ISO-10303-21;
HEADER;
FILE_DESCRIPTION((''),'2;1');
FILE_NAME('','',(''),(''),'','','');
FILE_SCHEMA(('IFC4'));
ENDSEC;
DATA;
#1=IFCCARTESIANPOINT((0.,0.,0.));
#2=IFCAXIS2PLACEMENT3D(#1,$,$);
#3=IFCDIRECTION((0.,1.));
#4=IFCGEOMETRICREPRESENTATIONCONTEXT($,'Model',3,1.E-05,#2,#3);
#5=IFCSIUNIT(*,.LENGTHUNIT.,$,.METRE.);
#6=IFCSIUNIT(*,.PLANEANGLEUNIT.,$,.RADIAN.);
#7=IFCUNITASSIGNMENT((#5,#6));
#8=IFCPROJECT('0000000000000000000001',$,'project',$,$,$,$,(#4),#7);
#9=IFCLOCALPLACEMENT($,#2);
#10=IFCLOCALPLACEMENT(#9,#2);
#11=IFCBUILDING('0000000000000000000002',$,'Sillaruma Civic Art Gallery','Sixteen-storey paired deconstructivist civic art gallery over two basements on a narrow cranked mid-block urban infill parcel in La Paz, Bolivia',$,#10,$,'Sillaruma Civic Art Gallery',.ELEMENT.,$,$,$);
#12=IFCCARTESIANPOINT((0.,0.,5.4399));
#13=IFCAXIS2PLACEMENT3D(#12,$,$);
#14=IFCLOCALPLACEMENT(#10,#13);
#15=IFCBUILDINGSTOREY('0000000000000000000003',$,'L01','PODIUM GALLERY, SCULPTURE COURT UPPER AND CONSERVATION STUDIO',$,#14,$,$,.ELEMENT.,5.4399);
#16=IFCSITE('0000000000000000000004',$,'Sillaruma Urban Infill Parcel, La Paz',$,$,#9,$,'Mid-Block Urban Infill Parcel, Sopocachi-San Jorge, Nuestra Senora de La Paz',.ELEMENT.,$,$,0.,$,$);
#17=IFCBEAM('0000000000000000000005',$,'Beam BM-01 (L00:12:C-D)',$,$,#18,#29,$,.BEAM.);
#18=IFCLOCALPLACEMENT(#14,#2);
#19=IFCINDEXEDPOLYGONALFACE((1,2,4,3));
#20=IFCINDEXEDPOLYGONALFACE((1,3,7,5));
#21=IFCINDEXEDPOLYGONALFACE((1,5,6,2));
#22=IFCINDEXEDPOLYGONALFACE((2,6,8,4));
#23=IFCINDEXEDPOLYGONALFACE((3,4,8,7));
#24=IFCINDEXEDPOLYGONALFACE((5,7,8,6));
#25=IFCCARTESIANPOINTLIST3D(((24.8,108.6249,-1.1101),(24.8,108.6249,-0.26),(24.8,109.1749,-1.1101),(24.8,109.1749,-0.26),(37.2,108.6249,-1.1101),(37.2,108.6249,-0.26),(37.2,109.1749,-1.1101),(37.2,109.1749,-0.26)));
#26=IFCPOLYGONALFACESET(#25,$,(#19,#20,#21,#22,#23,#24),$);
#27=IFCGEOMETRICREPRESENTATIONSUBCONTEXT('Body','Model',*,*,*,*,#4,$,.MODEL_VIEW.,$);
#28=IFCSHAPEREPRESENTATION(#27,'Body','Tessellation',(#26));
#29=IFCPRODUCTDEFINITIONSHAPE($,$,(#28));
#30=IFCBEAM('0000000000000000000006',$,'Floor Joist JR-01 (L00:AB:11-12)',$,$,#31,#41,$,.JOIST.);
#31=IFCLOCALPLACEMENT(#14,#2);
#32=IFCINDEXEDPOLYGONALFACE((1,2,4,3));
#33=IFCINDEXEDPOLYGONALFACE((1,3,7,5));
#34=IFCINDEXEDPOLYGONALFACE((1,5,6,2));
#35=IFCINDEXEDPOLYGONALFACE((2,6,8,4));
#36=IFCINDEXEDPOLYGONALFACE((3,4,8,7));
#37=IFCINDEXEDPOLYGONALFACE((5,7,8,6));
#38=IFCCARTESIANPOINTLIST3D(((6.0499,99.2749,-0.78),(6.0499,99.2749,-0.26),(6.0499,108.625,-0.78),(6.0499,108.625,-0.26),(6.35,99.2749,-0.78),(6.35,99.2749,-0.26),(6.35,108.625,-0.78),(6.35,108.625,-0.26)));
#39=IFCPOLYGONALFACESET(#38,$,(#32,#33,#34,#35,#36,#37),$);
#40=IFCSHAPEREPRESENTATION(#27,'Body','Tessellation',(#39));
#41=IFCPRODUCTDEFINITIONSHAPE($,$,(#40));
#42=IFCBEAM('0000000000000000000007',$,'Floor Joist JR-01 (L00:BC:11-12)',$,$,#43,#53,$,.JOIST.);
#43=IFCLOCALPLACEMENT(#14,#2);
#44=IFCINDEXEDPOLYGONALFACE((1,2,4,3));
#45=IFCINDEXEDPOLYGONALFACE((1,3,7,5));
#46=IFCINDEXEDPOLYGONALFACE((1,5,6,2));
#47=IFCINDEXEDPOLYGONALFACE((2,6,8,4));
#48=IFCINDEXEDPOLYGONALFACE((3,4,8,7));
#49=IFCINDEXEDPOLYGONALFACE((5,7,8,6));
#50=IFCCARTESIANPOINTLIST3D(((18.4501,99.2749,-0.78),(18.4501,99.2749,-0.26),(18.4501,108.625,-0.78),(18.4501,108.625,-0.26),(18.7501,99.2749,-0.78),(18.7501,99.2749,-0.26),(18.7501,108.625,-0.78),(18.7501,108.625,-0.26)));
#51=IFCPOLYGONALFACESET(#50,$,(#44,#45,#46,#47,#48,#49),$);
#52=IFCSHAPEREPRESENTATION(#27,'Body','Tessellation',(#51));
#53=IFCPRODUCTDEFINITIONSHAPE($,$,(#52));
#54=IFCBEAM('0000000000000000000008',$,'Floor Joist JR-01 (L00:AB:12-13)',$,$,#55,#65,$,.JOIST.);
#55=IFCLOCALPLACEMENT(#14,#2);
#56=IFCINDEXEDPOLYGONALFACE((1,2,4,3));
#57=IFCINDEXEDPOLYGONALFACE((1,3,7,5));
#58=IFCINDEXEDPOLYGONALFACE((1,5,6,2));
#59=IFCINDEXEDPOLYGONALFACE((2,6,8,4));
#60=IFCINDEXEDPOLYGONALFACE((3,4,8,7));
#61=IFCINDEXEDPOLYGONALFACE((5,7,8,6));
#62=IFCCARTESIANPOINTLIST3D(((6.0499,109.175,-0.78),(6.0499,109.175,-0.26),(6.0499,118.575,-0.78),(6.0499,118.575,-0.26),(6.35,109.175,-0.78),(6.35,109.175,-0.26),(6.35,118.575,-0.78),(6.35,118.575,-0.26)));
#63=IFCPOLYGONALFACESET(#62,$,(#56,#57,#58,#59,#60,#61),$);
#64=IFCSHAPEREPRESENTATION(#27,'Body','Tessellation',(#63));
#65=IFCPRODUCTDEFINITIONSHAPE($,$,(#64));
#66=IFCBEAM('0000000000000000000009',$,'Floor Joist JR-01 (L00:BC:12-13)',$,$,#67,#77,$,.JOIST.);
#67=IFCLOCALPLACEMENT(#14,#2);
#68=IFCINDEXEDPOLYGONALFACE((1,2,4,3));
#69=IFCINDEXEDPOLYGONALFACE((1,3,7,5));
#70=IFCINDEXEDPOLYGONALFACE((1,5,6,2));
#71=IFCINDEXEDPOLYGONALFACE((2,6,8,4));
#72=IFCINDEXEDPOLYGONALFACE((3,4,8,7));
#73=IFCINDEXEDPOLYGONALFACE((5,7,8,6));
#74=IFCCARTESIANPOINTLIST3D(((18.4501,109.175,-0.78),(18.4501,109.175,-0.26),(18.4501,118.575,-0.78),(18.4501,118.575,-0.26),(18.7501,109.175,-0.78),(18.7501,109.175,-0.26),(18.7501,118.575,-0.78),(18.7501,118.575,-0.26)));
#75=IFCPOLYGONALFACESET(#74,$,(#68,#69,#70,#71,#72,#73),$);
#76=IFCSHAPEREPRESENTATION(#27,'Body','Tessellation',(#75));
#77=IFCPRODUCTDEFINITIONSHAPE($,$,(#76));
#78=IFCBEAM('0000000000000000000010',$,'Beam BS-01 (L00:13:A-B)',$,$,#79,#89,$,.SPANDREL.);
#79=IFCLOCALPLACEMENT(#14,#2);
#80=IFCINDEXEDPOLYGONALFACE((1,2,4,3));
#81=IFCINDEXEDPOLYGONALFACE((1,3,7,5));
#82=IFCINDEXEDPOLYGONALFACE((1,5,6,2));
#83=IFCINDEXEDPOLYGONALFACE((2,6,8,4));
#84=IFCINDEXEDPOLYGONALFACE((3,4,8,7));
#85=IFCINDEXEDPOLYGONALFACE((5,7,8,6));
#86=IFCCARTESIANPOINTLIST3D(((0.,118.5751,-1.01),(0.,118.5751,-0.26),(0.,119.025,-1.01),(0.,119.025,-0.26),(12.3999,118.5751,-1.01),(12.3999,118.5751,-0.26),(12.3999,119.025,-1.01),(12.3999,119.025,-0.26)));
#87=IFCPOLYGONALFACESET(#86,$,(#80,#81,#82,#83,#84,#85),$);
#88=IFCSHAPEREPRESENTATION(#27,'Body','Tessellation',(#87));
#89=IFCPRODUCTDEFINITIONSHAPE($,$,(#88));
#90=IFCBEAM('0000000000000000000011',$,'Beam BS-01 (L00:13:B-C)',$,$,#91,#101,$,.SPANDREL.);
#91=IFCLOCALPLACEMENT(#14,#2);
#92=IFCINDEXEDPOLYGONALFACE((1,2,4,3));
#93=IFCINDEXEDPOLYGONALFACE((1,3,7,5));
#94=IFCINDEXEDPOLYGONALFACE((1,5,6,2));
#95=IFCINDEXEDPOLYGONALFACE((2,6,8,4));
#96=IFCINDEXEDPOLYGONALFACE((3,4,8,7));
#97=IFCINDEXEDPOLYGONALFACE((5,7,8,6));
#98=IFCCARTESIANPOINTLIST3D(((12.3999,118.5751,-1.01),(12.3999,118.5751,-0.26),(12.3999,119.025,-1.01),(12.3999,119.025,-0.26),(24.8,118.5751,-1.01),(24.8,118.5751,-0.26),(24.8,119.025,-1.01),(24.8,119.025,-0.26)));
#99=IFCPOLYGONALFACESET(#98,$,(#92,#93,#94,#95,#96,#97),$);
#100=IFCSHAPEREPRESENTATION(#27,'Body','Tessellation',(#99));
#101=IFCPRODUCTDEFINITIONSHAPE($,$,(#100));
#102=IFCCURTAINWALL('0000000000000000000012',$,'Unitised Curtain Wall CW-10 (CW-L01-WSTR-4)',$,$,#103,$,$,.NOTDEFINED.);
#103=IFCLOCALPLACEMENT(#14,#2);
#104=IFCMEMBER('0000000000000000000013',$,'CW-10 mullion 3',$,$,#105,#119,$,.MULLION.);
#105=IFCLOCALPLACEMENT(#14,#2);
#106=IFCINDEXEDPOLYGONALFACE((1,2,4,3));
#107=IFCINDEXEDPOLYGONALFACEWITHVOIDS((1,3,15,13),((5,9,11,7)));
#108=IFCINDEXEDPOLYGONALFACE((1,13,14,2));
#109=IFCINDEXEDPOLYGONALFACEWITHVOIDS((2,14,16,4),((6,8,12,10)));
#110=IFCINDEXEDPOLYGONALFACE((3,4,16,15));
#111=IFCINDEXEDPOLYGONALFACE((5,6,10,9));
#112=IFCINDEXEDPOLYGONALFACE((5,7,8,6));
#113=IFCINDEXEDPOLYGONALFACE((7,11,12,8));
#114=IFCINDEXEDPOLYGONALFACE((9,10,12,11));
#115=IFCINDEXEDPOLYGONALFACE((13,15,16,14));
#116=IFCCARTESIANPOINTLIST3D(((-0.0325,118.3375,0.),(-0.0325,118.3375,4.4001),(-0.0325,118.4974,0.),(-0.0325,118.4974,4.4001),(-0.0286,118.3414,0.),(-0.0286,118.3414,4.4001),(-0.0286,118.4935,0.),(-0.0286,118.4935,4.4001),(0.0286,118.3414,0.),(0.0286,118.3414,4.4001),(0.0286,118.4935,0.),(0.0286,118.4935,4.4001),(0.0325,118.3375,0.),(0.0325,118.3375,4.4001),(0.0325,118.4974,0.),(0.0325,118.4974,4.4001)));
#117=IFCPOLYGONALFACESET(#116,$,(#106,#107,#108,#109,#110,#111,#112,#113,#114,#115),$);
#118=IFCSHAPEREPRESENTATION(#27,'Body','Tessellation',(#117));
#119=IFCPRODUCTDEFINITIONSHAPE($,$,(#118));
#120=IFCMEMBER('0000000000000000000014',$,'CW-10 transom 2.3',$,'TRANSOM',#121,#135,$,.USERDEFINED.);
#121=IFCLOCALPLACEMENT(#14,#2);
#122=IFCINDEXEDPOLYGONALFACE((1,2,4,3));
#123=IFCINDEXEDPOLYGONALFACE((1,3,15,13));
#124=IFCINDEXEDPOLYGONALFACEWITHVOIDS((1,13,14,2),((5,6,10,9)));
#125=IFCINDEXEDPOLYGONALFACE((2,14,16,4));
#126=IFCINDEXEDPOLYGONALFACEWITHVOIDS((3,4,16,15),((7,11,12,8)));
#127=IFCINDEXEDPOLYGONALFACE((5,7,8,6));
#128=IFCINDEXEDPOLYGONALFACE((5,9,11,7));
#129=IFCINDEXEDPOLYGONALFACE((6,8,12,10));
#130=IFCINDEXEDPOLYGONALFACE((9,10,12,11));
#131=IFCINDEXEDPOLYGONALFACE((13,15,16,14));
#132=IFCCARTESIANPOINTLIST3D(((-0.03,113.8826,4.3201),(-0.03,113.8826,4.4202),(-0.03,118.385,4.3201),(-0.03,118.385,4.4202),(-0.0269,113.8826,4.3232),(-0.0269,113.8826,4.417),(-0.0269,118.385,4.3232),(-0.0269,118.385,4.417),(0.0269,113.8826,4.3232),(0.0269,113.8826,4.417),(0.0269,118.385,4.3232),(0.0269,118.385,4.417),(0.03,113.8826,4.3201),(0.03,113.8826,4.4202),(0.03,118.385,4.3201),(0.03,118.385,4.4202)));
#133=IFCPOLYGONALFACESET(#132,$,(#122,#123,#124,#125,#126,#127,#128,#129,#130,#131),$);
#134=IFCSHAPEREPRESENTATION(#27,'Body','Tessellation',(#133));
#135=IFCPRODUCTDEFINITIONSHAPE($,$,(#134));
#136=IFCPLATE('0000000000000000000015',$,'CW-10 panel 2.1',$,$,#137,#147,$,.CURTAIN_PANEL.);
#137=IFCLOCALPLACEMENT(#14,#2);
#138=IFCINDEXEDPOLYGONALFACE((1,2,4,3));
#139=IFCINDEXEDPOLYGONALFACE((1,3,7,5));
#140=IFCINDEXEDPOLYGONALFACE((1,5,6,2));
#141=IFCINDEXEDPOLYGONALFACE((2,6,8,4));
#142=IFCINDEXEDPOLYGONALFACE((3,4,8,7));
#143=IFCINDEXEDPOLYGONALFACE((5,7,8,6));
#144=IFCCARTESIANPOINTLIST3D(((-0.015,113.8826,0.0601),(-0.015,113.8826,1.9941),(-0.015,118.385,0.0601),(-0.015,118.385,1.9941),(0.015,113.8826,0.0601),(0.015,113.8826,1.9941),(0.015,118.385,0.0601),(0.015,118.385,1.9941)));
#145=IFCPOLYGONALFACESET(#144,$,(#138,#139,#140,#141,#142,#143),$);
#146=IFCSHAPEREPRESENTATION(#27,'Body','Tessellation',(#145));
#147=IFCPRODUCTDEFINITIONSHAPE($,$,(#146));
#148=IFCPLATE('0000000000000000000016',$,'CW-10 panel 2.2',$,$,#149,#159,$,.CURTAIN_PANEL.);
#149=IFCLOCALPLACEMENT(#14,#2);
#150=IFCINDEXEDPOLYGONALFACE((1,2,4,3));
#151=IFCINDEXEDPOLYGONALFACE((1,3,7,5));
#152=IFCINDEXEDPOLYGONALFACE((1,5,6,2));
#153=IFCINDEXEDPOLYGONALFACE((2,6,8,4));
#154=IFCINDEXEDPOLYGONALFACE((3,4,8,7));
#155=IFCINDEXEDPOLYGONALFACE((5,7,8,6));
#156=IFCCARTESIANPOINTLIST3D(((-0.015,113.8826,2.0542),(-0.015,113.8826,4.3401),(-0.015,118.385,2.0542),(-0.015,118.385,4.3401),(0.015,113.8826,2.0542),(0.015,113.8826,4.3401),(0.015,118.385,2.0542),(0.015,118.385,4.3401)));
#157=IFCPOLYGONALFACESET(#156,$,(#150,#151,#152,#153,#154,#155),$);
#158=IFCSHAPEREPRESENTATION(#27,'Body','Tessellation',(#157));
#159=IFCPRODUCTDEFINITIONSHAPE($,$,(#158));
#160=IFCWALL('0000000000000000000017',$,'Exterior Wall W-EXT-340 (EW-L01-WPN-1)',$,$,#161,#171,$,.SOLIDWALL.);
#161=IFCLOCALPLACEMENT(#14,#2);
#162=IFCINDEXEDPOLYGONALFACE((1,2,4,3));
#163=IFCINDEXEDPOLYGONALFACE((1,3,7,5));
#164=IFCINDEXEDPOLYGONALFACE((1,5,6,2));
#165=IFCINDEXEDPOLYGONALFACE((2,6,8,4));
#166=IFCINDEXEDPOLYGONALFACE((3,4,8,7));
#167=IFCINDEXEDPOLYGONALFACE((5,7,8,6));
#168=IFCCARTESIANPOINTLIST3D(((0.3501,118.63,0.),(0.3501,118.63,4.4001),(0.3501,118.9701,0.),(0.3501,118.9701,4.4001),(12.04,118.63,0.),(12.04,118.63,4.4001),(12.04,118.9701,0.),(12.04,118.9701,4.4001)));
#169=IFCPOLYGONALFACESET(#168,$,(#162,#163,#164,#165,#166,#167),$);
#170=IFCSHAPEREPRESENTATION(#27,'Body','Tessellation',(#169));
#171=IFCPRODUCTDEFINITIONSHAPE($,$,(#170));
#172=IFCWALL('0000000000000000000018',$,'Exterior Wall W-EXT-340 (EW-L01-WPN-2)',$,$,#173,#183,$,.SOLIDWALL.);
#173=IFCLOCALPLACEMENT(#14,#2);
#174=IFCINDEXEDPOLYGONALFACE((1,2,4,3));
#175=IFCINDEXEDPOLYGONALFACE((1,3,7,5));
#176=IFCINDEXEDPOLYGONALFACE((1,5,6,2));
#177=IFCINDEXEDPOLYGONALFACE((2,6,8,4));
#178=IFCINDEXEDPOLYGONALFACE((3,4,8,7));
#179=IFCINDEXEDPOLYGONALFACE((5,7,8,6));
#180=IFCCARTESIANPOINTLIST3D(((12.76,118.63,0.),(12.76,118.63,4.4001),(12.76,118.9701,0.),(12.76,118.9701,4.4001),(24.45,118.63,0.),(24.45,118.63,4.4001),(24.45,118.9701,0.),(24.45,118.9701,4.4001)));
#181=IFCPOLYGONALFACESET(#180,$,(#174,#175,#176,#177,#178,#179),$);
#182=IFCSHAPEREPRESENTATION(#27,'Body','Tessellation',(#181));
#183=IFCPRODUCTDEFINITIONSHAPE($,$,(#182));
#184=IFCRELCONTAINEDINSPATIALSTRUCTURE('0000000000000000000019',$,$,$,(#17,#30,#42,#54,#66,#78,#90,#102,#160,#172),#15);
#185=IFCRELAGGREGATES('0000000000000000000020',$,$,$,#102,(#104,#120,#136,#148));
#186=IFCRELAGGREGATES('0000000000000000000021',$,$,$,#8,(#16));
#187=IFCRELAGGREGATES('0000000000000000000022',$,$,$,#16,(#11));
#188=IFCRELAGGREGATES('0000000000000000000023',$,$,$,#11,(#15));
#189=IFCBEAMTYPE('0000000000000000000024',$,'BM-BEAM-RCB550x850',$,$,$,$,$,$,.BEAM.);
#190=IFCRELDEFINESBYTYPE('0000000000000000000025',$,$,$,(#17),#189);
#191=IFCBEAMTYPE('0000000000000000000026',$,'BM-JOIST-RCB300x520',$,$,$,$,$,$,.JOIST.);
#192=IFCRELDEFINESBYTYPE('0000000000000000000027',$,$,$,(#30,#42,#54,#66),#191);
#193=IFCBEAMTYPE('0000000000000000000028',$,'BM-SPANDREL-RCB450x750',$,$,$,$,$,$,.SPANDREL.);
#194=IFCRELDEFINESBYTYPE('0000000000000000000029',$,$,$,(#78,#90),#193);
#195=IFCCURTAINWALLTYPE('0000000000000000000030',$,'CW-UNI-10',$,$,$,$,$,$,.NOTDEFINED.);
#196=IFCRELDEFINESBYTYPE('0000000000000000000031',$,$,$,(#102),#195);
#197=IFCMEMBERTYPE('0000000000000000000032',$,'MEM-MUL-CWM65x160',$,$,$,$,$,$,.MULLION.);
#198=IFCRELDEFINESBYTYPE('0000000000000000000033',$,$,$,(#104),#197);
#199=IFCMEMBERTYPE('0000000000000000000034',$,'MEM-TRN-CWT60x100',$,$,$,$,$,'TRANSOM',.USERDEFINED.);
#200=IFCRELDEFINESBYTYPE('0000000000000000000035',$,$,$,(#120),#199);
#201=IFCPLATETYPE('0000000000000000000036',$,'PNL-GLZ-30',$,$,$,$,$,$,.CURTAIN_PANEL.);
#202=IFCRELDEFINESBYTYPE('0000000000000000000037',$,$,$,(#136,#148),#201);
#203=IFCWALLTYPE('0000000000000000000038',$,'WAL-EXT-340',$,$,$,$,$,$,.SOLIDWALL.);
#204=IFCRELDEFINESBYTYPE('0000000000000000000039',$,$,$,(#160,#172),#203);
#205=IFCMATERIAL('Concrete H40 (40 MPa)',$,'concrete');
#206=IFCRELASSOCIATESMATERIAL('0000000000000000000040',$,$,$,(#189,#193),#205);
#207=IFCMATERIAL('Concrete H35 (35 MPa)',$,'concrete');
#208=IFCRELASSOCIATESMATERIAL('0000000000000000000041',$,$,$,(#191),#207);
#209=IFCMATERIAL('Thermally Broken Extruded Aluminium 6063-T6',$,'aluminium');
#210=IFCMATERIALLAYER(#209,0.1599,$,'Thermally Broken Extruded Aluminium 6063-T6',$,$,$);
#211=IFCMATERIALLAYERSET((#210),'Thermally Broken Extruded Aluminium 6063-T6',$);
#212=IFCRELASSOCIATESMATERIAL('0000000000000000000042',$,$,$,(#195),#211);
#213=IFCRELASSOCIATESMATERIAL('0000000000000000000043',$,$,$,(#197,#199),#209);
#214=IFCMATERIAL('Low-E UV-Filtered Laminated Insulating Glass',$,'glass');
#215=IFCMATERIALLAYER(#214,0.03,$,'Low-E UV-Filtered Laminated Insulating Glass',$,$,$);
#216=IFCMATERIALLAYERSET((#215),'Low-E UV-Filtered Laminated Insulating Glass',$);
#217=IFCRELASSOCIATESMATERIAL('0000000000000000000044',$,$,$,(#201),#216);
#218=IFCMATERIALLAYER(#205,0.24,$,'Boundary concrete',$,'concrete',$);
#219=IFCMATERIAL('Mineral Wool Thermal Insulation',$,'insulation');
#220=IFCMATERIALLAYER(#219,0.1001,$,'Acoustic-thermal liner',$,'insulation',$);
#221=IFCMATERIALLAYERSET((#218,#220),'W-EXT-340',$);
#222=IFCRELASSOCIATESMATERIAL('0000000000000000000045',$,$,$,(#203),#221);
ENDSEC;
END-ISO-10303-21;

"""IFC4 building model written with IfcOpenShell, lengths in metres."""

from ifc_helpers import new_model, si_unit, direction, frame, frame_2d, origin, origin_2d, place, context, subcontext, project, spatial, rectangle, hollow_rectangle, extrude, material, layer, layer_set, material_profile, profile_set, type_object, element, aggregate, save


model = new_model("IFC4")

# Units and contexts
model_context = context("Model", 3, precision=1e-05, world=origin(), true_north=direction((0.0, 1.0)))
body_context = subcontext(model_context, "Body", "Model", "MODEL_VIEW")
ifc_project = project(units=[si_unit("LENGTHUNIT", "METRE"), si_unit("PLANEANGLEUNIT", "RADIAN")], contexts=[model_context])

# Site, building, storey
site_placement = place(None, origin())
site = spatial("IfcSite", under=ifc_project, at=site_placement, Name="Sillaruma Urban Infill Parcel, La Paz", LongName="Mid-Block Urban Infill Parcel, Sopocachi-San Jorge, Nuestra Senora de La Paz", CompositionType="ELEMENT", RefElevation=0.0)
building_placement = place(site_placement, origin())
building = spatial("IfcBuilding", under=site, at=building_placement, Name="Sillaruma Civic Art Gallery", Description="Sixteen-storey paired deconstructivist civic art gallery over two basements on a narrow cranked mid-block urban infill parcel in La Paz, Bolivia", LongName="Sillaruma Civic Art Gallery", CompositionType="ELEMENT")
storey_placement = place(building_placement, frame((0.0, 0.0, 5.4399)))
storey = spatial("IfcBuildingStorey", under=building, at=storey_placement, Name="L01", Description="PODIUM GALLERY, SCULPTURE COURT UPPER AND CONSERVATION STUDIO", CompositionType="ELEMENT", Elevation=5.4399)

# Shared definitions
ifc_material_1 = material(Name="Concrete H40 (40 MPa)", Category="concrete")

# Beams
ifc_material_profile_1 = material_profile(ifc_material_1, rectangle(XDim=0.55, YDim=0.8501, at=origin_2d()), Name="RCB550x850")
ifc_profile_set_1 = profile_set([ifc_material_profile_1], Name="Concrete H40 (40 MPa)")
beam_type_1 = type_object("IfcBeamType", Name="BM-BEAM-RCB550x850", PredefinedType="BEAM", material=ifc_profile_set_1)
beam_1_placement = place(storey_placement, frame((24.8, 108.8999, -0.6851), z_axis=(1.0, 0.0, 0.0), x_axis=(0.0, 1.0, 0.0)))
element("IfcBeam", 1, at=beam_1_placement, inside=storey, type_object=beam_type_1, Name="Beam BM-01 (L00:12:C-D)", PredefinedType="BEAM", context=body_context, shape_type="SweptSolid", body=[
    extrude(rectangle(XDim=0.55, YDim=0.8501, at=origin_2d()), origin(), (0.0, 0.0, 1.0), 12.3999),
])
ifc_material_2 = material(Name="Concrete H35 (35 MPa)", Category="concrete")
ifc_material_profile_2 = material_profile(ifc_material_2, rectangle(XDim=0.3, YDim=0.52, at=origin_2d()), Name="RCB300x520")
ifc_profile_set_2 = profile_set([ifc_material_profile_2], Name="Concrete H35 (35 MPa)")
beam_type_2 = type_object("IfcBeamType", Name="BM-JOIST-RCB300x520", PredefinedType="JOIST", material=ifc_profile_set_2)
for number, where, z_axis, x_axis, name in (
    (2, (6.2, 99.2749, -0.52), (0.0, 1.0, 0.0), (-1.0, 0.0, 0.0), "Floor Joist JR-01 (L00:AB:11-12)"),
    (3, (18.6001, 99.2749, -0.52), (0.0, 1.0, 0.0), (-1.0, 0.0, 0.0), "Floor Joist JR-01 (L00:BC:11-12)"),
):
    element("IfcBeam", number, at=place(storey_placement, frame(where, z_axis=z_axis, x_axis=x_axis)), inside=storey, type_object=beam_type_2, Name=name, PredefinedType="JOIST", context=body_context, shape_type="SweptSolid", body=[
        extrude(rectangle(XDim=0.3, YDim=0.52, at=origin_2d()), origin(), (0.0, 0.0, 1.0), 9.3501),
    ])
for number, where, z_axis, x_axis, name in (
    (4, (6.2, 109.175, -0.52), (0.0, 1.0, 0.0), (-1.0, 0.0, 0.0), "Floor Joist JR-01 (L00:AB:12-13)"),
    (5, (18.6001, 109.175, -0.52), (0.0, 1.0, 0.0), (-1.0, 0.0, 0.0), "Floor Joist JR-01 (L00:BC:12-13)"),
):
    element("IfcBeam", number, at=place(storey_placement, frame(where, z_axis=z_axis, x_axis=x_axis)), inside=storey, type_object=beam_type_2, Name=name, PredefinedType="JOIST", context=body_context, shape_type="SweptSolid", body=[
        extrude(rectangle(XDim=0.3, YDim=0.52, at=origin_2d()), origin(), (0.0, 0.0, 1.0), 9.3999),
    ])
ifc_material_profile_3 = material_profile(ifc_material_1, rectangle(XDim=0.45, YDim=0.75, at=origin_2d()), Name="RCB450x750")
ifc_profile_set_3 = profile_set([ifc_material_profile_3], Name="Concrete H40 (40 MPa)")
beam_type_3 = type_object("IfcBeamType", Name="BM-SPANDREL-RCB450x750", PredefinedType="SPANDREL", material=ifc_profile_set_3)
beam_2_placement = place(storey_placement, frame((0.0, 118.8, -0.635), z_axis=(1.0, 0.0, 0.0), x_axis=(0.0, 1.0, 0.0)))
element("IfcBeam", 6, at=beam_2_placement, inside=storey, type_object=beam_type_3, Name="Beam BS-01 (L00:13:A-B)", PredefinedType="SPANDREL", context=body_context, shape_type="SweptSolid", body=[
    extrude(rectangle(XDim=0.45, YDim=0.75, at=origin_2d()), origin(), (0.0, 0.0, 1.0), 12.3999),
])
beam_3_placement = place(storey_placement, frame((12.3999, 118.8, -0.635), z_axis=(1.0, 0.0, 0.0), x_axis=(0.0, 1.0, 0.0)))
element("IfcBeam", 7, at=beam_3_placement, inside=storey, type_object=beam_type_3, Name="Beam BS-01 (L00:13:B-C)", PredefinedType="SPANDREL", context=body_context, shape_type="SweptSolid", body=[
    extrude(rectangle(XDim=0.45, YDim=0.75, at=origin_2d()), origin(), (0.0, 0.0, 1.0), 12.4001),
])

# Curtain wall, members, plates
ifc_material_3 = material(Name="Thermally Broken Extruded Aluminium 6063-T6", Category="aluminium")
ifc_layer_1 = layer(ifc_material_3, 0.1599, Name="Thermally Broken Extruded Aluminium 6063-T6")
ifc_layer_set_1 = layer_set([ifc_layer_1], Name="Thermally Broken Extruded Aluminium 6063-T6")
curtain_wall_type = type_object("IfcCurtainWallType", Name="CW-UNI-10", PredefinedType="NOTDEFINED", material=ifc_layer_set_1)
curtain_wall_placement = place(storey_placement, origin())
curtain_wall = element("IfcCurtainWall", 8, at=curtain_wall_placement, inside=storey, type_object=curtain_wall_type, Name="Unitised Curtain Wall CW-10 (CW-L01-WSTR-4)", PredefinedType="NOTDEFINED")
ifc_material_profile_4 = material_profile(ifc_material_3, hollow_rectangle(XDim=0.0649, YDim=0.1599, WallThickness=0.0039, at=origin_2d()), Name="CWM65x160")
ifc_profile_set_4 = profile_set([ifc_material_profile_4], Name="Thermally Broken Extruded Aluminium 6063-T6")
member_type_1 = type_object("IfcMemberType", Name="MEM-MUL-CWM65x160", PredefinedType="MULLION", material=ifc_profile_set_4)
member_1_placement = place(storey_placement, frame((0.0, 118.4175, 0.0), z_axis=(0.0, 0.0, 1.0), x_axis=(-1.0, 0.0, 0.0)))
member_1 = element("IfcMember", 9, at=member_1_placement, type_object=member_type_1, Name="CW-10 mullion 3", PredefinedType="MULLION", context=body_context, shape_type="SweptSolid", body=[
    extrude(hollow_rectangle(XDim=0.0649, YDim=0.1599, WallThickness=0.0039, at=origin_2d()), origin(), (0.0, 0.0, 1.0), 4.4001),
])
ifc_material_profile_5 = material_profile(ifc_material_3, hollow_rectangle(XDim=0.0601, YDim=0.1001, WallThickness=0.0032, at=origin_2d()), Name="CWT60x100")
ifc_profile_set_5 = profile_set([ifc_material_profile_5], Name="Thermally Broken Extruded Aluminium 6063-T6")
member_type_2 = type_object("IfcMemberType", Name="MEM-TRN-CWT60x100", ElementType="TRANSOM", PredefinedType="USERDEFINED", material=ifc_profile_set_5)
member_2_placement = place(storey_placement, frame((0.0, 113.8826, 4.3701), z_axis=(0.0, 1.0, 0.0), x_axis=(-1.0, 0.0, 0.0)))
member_2 = element("IfcMember", 10, at=member_2_placement, type_object=member_type_2, Name="CW-10 transom 2.3", ObjectType="TRANSOM", PredefinedType="USERDEFINED", context=body_context, shape_type="SweptSolid", body=[
    extrude(hollow_rectangle(XDim=0.0601, YDim=0.1001, WallThickness=0.0032, at=origin_2d()), origin(), (0.0, 0.0, 1.0), 4.5024),
])
ifc_material_4 = material(Name="Low-E UV-Filtered Laminated Insulating Glass", Category="glass")
ifc_layer_2 = layer(ifc_material_4, 0.03, Name="Low-E UV-Filtered Laminated Insulating Glass")
ifc_layer_set_2 = layer_set([ifc_layer_2], Name="Low-E UV-Filtered Laminated Insulating Glass")
plate_type = type_object("IfcPlateType", Name="PNL-GLZ-30", PredefinedType="CURTAIN_PANEL", material=ifc_layer_set_2)
plate_1_placement = place(storey_placement, frame((0.0, 116.1338, 0.0601), z_axis=(0.0, 0.0, 1.0), x_axis=(0.0, 1.0, 0.0)))
plate_1 = element("IfcPlate", 11, at=plate_1_placement, type_object=plate_type, Name="CW-10 panel 2.1", PredefinedType="CURTAIN_PANEL", context=body_context, shape_type="SweptSolid", body=[
    extrude(rectangle(XDim=4.5024, YDim=0.03, at=origin_2d()), origin(), (0.0, 0.0, 1.0), 1.9341),
])
plate_2_placement = place(storey_placement, frame((0.0, 116.1338, 2.0542), z_axis=(0.0, 0.0, 1.0), x_axis=(0.0, 1.0, 0.0)))
plate_2 = element("IfcPlate", 12, at=plate_2_placement, type_object=plate_type, Name="CW-10 panel 2.2", PredefinedType="CURTAIN_PANEL", context=body_context, shape_type="SweptSolid", body=[
    extrude(rectangle(XDim=4.5024, YDim=0.03, at=origin_2d()), origin(), (0.0, 0.0, 1.0), 2.2859),
])
aggregate(curtain_wall, [member_1, member_2, plate_1, plate_2])

# Walls
ifc_layer_3 = layer(ifc_material_1, 0.24, Name="Boundary concrete", Category="concrete")
ifc_material_5 = material(Name="Mineral Wool Thermal Insulation", Category="insulation")
ifc_layer_4 = layer(ifc_material_5, 0.1001, Name="Acoustic-thermal liner", Category="insulation")
ifc_layer_set_3 = layer_set([ifc_layer_3, ifc_layer_4], Name="W-EXT-340")
wall_type_1 = type_object("IfcWallType", Name="WAL-EXT-340", PredefinedType="SOLIDWALL", material=ifc_layer_set_3)
for number, where, z_axis, x_axis, name in (
    (13, (0.3501, 118.8, 0.0), (0.0, 0.0, 1.0), (1.0, 0.0, 0.0), "Exterior Wall W-EXT-340 (EW-L01-WPN-1)"),
    (14, (12.76, 118.8, 0.0), (0.0, 0.0, 1.0), (1.0, 0.0, 0.0), "Exterior Wall W-EXT-340 (EW-L01-WPN-2)"),
):
    element("IfcWall", number, at=place(storey_placement, frame(where, z_axis=z_axis, x_axis=x_axis)), inside=storey, type_object=wall_type_1, Name=name, PredefinedType="SOLIDWALL", context=body_context, shape_type="SweptSolid", body=[
        extrude(rectangle(XDim=11.6899, YDim=0.3401, at=frame_2d((5.845, 0.0))), origin(), (0.0, 0.0, 1.0), 4.4001),
    ])

save(model, "model.ifc")
